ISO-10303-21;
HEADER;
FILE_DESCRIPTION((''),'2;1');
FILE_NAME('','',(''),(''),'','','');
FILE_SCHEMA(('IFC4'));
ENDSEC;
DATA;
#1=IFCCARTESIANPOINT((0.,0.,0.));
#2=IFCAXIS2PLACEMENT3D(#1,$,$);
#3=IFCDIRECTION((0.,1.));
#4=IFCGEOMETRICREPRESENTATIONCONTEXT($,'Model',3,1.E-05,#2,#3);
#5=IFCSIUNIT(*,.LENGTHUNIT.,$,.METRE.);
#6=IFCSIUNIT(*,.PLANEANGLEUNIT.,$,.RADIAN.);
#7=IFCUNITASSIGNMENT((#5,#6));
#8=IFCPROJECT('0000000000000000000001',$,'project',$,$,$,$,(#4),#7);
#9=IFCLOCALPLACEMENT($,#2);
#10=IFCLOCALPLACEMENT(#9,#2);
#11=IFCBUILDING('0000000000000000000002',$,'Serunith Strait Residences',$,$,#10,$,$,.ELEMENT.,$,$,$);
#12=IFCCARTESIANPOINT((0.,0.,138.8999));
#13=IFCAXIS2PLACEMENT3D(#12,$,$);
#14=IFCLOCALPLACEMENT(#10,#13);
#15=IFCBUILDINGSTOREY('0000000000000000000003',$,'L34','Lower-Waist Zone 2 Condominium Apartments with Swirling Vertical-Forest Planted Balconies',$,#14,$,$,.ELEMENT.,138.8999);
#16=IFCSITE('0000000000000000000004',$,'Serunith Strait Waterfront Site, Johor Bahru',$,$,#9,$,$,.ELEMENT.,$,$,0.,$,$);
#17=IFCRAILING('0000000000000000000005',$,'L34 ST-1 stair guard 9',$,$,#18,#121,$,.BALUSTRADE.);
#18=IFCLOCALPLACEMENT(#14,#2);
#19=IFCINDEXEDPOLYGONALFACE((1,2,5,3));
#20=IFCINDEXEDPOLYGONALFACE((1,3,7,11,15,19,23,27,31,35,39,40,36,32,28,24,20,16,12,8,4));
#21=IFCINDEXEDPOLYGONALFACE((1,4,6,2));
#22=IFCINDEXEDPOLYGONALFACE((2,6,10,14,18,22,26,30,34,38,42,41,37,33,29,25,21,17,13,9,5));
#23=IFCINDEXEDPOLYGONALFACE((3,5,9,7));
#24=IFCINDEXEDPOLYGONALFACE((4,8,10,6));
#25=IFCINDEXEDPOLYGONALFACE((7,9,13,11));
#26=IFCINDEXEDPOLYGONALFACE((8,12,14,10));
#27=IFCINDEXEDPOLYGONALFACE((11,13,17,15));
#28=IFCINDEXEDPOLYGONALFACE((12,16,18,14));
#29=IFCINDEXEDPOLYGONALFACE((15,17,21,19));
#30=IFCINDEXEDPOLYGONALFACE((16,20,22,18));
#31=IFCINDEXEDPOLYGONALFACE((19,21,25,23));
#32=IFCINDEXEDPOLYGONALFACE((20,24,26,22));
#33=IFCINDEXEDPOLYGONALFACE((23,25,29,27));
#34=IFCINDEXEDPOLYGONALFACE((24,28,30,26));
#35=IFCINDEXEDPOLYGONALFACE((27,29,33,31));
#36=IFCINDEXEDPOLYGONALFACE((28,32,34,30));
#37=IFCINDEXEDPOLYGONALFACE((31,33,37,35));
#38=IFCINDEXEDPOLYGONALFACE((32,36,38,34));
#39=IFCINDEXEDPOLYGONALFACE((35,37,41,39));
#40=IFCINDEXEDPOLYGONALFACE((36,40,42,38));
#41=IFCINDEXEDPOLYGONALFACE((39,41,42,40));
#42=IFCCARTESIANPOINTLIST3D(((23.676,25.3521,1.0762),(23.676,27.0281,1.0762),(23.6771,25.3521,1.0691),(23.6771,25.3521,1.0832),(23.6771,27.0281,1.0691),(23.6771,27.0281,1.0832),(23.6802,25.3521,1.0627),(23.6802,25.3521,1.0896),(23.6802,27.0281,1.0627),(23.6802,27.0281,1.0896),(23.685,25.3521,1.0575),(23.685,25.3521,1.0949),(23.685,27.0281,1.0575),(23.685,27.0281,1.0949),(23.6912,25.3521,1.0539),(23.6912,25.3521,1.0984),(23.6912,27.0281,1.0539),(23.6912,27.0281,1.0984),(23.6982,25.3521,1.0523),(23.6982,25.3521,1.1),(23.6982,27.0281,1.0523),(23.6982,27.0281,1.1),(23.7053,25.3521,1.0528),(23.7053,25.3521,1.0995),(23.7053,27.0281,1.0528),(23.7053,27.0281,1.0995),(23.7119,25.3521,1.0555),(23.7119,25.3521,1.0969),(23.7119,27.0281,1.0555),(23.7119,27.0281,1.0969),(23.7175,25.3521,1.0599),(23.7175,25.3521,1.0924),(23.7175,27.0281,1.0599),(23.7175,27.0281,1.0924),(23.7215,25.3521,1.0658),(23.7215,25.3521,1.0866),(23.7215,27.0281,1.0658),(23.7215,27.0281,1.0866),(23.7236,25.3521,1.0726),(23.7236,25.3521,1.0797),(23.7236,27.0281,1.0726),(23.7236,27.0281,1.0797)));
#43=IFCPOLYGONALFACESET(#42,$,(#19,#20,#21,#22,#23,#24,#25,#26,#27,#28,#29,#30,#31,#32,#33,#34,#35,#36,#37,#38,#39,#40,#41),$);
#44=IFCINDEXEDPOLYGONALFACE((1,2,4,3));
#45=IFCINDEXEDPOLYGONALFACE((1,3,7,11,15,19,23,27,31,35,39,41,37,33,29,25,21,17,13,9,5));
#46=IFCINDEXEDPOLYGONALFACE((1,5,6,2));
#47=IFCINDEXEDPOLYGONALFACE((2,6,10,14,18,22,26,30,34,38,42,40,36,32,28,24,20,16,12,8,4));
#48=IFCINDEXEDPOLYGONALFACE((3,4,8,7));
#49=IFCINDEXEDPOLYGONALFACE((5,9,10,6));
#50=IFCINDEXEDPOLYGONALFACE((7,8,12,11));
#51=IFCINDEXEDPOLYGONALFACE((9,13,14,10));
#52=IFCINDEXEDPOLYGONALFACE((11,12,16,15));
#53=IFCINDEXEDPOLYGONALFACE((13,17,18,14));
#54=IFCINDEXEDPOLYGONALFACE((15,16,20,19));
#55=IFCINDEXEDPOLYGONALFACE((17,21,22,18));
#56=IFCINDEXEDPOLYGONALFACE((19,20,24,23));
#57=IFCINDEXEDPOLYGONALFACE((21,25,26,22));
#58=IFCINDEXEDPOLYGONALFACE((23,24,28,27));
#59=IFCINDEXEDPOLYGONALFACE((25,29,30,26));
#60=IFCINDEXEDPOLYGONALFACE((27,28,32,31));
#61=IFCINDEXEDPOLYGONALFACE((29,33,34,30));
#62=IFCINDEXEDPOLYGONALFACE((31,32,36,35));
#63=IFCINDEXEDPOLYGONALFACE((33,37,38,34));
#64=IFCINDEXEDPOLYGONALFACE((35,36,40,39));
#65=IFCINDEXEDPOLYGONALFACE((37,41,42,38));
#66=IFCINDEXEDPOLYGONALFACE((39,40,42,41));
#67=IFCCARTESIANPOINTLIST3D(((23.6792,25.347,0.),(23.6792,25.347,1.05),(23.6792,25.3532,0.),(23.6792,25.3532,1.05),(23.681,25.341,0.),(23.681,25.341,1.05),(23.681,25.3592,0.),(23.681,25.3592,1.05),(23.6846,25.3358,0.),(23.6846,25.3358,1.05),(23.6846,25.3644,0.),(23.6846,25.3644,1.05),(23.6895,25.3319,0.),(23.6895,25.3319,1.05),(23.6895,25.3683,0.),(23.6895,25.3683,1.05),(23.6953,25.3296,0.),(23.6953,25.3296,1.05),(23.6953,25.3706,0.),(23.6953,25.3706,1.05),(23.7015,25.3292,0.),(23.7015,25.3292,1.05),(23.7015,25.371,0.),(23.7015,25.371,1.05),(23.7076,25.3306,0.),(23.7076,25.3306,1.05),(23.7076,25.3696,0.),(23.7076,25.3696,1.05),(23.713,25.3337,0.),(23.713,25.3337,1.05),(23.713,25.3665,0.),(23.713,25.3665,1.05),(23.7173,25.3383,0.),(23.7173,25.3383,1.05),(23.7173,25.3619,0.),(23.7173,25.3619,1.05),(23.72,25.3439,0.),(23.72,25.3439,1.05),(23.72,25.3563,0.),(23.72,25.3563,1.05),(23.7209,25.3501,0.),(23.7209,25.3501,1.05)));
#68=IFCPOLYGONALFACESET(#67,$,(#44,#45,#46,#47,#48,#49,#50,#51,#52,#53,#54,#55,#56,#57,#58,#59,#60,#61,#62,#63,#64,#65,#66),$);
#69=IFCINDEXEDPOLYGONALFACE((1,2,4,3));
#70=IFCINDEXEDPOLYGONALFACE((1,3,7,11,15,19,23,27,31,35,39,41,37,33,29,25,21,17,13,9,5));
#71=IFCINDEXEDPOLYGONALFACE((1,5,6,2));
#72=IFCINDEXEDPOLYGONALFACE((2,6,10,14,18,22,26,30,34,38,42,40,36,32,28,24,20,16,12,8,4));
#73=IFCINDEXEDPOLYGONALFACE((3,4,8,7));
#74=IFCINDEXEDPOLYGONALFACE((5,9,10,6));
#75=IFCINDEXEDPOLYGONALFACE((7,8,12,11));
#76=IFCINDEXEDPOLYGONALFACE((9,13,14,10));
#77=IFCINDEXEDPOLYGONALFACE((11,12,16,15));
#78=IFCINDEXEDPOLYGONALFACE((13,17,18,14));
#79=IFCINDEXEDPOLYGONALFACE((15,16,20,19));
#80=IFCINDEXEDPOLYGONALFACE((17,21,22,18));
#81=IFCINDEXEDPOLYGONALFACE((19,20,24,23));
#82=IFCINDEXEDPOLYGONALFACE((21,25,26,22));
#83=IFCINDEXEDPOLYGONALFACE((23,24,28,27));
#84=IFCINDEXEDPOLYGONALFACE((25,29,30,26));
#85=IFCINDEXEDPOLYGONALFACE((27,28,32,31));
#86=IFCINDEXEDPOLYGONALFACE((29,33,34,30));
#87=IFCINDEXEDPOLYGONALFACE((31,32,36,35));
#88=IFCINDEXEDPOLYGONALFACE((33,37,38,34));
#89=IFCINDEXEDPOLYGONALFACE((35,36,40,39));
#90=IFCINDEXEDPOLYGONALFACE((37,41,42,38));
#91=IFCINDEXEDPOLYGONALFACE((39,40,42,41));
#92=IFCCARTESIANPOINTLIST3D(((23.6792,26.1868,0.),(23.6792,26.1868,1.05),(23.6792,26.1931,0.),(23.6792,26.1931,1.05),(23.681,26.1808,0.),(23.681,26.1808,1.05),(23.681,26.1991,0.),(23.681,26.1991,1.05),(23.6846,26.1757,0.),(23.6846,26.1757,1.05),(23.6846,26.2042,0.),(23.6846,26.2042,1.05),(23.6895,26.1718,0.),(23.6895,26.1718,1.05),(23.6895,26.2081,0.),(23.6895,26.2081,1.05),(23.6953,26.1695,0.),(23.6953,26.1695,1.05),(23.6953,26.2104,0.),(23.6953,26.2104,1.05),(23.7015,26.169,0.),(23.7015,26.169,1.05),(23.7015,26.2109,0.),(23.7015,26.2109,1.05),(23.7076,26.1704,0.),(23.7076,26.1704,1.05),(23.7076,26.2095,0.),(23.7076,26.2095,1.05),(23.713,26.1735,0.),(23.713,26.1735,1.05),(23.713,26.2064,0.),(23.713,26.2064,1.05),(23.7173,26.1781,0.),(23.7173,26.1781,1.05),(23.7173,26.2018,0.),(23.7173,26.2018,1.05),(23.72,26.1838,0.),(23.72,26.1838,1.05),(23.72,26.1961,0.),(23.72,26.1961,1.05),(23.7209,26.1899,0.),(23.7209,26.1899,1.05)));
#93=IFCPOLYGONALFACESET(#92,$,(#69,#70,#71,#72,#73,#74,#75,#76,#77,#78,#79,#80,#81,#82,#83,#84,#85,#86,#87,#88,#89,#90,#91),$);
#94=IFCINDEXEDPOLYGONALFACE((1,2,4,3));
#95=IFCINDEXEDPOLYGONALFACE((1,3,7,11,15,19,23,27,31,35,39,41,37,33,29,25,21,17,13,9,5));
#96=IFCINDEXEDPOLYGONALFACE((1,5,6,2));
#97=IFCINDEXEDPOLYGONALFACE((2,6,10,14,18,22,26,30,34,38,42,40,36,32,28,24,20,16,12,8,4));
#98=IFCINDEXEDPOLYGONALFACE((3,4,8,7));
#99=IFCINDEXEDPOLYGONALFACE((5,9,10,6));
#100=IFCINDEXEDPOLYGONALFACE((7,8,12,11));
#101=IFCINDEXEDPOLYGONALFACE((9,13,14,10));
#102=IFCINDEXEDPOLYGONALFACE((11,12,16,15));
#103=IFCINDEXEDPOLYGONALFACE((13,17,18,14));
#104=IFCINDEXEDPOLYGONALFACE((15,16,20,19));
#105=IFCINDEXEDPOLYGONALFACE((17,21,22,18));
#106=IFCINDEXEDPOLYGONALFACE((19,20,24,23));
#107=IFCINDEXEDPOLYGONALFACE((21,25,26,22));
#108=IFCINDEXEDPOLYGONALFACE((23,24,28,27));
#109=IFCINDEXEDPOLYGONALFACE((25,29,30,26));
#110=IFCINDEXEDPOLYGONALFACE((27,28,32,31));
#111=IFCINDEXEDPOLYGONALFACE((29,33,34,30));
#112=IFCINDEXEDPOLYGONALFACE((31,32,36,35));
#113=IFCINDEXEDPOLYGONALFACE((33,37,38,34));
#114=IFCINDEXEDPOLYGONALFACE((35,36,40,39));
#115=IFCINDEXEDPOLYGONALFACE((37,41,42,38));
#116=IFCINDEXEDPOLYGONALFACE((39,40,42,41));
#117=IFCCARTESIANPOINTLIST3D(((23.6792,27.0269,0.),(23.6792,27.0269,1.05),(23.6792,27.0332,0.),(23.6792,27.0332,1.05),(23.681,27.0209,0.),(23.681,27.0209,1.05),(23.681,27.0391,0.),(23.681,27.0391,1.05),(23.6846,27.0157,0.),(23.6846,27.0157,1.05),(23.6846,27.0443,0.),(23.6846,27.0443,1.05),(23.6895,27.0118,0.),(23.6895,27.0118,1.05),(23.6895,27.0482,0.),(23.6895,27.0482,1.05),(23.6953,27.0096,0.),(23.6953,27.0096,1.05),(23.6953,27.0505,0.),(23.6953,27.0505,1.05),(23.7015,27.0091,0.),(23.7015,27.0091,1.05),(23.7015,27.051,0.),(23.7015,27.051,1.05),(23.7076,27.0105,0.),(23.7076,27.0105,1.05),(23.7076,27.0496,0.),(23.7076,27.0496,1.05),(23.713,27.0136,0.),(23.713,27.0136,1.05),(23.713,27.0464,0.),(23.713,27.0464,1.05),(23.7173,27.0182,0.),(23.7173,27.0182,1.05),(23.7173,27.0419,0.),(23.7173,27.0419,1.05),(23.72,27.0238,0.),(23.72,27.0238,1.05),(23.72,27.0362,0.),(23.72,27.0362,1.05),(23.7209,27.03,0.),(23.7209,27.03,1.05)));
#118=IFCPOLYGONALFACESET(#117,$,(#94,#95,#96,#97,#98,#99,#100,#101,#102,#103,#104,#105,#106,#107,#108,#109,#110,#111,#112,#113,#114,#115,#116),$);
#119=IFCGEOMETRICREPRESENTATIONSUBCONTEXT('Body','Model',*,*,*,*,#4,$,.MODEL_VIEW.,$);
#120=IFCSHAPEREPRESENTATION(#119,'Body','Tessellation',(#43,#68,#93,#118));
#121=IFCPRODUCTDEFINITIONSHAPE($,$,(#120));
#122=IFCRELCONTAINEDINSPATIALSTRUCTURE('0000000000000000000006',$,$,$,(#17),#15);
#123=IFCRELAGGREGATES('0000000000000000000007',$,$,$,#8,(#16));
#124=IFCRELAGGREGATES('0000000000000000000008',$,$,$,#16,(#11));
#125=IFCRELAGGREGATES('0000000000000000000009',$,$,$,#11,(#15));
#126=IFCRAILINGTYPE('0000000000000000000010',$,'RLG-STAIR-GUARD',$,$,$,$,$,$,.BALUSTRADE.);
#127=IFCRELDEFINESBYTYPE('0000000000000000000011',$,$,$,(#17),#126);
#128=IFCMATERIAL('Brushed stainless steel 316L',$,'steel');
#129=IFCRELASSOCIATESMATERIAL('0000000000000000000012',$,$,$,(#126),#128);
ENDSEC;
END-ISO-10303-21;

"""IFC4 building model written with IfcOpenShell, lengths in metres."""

from ifc_helpers import new_model, si_unit, direction, frame, origin, origin_2d, place, context, subcontext, project, spatial, circle, extrude, material, type_object, element, save


model = new_model("IFC4")

# Units and contexts
model_context = context("Model", 3, precision=1e-05, world=origin(), true_north=direction((0.0, 1.0)))
body_context = subcontext(model_context, "Body", "Model", "MODEL_VIEW")
ifc_project = project(units=[si_unit("LENGTHUNIT", "METRE"), si_unit("PLANEANGLEUNIT", "RADIAN")], contexts=[model_context])

# Site, building, storey
site_placement = place(None, origin())
site = spatial("IfcSite", under=ifc_project, at=site_placement, Name="Serunith Strait Waterfront Site, Johor Bahru", CompositionType="ELEMENT", RefElevation=0.0)
building_placement = place(site_placement, origin())
building = spatial("IfcBuilding", under=site, at=building_placement, Name="Serunith Strait Residences", CompositionType="ELEMENT")
storey_placement = place(building_placement, frame((0.0, 0.0, 138.8999)))
storey = spatial("IfcBuildingStorey", under=building, at=storey_placement, Name="L34", Description="Lower-Waist Zone 2 Condominium Apartments with Swirling Vertical-Forest Planted Balconies", CompositionType="ELEMENT", Elevation=138.8999)

# Railing
ifc_material_1 = material(Name="Brushed stainless steel 316L", Category="steel")
railing_type = type_object("IfcRailingType", Name="RLG-STAIR-GUARD", PredefinedType="BALUSTRADE", material=ifc_material_1)
railing_placement = place(storey_placement, frame((23.7, 25.3501, 0.0)))
element("IfcRailing", 1, at=railing_placement, inside=storey, type_object=railing_type, Name="L34 ST-1 stair guard 9", PredefinedType="BALUSTRADE", context=body_context, shape_type="SweptSolid", body=[
    extrude(circle(Radius=0.0239, at=origin_2d()), frame((0.0, 0.002, 1.0762), z_axis=(0.0, 1.0, 0.0), x_axis=(-1.0, 0.0, 0.0)), (0.0, 0.0, 1.0), 1.676),
    extrude(circle(Radius=0.021, at=origin_2d()), origin(), (0.0, 0.0, 1.0), 1.05),
    extrude(circle(Radius=0.021, at=origin_2d()), frame((0.0, 0.8398, 0.0)), (0.0, 0.0, 1.0), 1.05),
    extrude(circle(Radius=0.021, at=origin_2d()), frame((0.0, 1.6799, 0.0)), (0.0, 0.0, 1.0), 1.05),
])

save(model, "model.ifc")
